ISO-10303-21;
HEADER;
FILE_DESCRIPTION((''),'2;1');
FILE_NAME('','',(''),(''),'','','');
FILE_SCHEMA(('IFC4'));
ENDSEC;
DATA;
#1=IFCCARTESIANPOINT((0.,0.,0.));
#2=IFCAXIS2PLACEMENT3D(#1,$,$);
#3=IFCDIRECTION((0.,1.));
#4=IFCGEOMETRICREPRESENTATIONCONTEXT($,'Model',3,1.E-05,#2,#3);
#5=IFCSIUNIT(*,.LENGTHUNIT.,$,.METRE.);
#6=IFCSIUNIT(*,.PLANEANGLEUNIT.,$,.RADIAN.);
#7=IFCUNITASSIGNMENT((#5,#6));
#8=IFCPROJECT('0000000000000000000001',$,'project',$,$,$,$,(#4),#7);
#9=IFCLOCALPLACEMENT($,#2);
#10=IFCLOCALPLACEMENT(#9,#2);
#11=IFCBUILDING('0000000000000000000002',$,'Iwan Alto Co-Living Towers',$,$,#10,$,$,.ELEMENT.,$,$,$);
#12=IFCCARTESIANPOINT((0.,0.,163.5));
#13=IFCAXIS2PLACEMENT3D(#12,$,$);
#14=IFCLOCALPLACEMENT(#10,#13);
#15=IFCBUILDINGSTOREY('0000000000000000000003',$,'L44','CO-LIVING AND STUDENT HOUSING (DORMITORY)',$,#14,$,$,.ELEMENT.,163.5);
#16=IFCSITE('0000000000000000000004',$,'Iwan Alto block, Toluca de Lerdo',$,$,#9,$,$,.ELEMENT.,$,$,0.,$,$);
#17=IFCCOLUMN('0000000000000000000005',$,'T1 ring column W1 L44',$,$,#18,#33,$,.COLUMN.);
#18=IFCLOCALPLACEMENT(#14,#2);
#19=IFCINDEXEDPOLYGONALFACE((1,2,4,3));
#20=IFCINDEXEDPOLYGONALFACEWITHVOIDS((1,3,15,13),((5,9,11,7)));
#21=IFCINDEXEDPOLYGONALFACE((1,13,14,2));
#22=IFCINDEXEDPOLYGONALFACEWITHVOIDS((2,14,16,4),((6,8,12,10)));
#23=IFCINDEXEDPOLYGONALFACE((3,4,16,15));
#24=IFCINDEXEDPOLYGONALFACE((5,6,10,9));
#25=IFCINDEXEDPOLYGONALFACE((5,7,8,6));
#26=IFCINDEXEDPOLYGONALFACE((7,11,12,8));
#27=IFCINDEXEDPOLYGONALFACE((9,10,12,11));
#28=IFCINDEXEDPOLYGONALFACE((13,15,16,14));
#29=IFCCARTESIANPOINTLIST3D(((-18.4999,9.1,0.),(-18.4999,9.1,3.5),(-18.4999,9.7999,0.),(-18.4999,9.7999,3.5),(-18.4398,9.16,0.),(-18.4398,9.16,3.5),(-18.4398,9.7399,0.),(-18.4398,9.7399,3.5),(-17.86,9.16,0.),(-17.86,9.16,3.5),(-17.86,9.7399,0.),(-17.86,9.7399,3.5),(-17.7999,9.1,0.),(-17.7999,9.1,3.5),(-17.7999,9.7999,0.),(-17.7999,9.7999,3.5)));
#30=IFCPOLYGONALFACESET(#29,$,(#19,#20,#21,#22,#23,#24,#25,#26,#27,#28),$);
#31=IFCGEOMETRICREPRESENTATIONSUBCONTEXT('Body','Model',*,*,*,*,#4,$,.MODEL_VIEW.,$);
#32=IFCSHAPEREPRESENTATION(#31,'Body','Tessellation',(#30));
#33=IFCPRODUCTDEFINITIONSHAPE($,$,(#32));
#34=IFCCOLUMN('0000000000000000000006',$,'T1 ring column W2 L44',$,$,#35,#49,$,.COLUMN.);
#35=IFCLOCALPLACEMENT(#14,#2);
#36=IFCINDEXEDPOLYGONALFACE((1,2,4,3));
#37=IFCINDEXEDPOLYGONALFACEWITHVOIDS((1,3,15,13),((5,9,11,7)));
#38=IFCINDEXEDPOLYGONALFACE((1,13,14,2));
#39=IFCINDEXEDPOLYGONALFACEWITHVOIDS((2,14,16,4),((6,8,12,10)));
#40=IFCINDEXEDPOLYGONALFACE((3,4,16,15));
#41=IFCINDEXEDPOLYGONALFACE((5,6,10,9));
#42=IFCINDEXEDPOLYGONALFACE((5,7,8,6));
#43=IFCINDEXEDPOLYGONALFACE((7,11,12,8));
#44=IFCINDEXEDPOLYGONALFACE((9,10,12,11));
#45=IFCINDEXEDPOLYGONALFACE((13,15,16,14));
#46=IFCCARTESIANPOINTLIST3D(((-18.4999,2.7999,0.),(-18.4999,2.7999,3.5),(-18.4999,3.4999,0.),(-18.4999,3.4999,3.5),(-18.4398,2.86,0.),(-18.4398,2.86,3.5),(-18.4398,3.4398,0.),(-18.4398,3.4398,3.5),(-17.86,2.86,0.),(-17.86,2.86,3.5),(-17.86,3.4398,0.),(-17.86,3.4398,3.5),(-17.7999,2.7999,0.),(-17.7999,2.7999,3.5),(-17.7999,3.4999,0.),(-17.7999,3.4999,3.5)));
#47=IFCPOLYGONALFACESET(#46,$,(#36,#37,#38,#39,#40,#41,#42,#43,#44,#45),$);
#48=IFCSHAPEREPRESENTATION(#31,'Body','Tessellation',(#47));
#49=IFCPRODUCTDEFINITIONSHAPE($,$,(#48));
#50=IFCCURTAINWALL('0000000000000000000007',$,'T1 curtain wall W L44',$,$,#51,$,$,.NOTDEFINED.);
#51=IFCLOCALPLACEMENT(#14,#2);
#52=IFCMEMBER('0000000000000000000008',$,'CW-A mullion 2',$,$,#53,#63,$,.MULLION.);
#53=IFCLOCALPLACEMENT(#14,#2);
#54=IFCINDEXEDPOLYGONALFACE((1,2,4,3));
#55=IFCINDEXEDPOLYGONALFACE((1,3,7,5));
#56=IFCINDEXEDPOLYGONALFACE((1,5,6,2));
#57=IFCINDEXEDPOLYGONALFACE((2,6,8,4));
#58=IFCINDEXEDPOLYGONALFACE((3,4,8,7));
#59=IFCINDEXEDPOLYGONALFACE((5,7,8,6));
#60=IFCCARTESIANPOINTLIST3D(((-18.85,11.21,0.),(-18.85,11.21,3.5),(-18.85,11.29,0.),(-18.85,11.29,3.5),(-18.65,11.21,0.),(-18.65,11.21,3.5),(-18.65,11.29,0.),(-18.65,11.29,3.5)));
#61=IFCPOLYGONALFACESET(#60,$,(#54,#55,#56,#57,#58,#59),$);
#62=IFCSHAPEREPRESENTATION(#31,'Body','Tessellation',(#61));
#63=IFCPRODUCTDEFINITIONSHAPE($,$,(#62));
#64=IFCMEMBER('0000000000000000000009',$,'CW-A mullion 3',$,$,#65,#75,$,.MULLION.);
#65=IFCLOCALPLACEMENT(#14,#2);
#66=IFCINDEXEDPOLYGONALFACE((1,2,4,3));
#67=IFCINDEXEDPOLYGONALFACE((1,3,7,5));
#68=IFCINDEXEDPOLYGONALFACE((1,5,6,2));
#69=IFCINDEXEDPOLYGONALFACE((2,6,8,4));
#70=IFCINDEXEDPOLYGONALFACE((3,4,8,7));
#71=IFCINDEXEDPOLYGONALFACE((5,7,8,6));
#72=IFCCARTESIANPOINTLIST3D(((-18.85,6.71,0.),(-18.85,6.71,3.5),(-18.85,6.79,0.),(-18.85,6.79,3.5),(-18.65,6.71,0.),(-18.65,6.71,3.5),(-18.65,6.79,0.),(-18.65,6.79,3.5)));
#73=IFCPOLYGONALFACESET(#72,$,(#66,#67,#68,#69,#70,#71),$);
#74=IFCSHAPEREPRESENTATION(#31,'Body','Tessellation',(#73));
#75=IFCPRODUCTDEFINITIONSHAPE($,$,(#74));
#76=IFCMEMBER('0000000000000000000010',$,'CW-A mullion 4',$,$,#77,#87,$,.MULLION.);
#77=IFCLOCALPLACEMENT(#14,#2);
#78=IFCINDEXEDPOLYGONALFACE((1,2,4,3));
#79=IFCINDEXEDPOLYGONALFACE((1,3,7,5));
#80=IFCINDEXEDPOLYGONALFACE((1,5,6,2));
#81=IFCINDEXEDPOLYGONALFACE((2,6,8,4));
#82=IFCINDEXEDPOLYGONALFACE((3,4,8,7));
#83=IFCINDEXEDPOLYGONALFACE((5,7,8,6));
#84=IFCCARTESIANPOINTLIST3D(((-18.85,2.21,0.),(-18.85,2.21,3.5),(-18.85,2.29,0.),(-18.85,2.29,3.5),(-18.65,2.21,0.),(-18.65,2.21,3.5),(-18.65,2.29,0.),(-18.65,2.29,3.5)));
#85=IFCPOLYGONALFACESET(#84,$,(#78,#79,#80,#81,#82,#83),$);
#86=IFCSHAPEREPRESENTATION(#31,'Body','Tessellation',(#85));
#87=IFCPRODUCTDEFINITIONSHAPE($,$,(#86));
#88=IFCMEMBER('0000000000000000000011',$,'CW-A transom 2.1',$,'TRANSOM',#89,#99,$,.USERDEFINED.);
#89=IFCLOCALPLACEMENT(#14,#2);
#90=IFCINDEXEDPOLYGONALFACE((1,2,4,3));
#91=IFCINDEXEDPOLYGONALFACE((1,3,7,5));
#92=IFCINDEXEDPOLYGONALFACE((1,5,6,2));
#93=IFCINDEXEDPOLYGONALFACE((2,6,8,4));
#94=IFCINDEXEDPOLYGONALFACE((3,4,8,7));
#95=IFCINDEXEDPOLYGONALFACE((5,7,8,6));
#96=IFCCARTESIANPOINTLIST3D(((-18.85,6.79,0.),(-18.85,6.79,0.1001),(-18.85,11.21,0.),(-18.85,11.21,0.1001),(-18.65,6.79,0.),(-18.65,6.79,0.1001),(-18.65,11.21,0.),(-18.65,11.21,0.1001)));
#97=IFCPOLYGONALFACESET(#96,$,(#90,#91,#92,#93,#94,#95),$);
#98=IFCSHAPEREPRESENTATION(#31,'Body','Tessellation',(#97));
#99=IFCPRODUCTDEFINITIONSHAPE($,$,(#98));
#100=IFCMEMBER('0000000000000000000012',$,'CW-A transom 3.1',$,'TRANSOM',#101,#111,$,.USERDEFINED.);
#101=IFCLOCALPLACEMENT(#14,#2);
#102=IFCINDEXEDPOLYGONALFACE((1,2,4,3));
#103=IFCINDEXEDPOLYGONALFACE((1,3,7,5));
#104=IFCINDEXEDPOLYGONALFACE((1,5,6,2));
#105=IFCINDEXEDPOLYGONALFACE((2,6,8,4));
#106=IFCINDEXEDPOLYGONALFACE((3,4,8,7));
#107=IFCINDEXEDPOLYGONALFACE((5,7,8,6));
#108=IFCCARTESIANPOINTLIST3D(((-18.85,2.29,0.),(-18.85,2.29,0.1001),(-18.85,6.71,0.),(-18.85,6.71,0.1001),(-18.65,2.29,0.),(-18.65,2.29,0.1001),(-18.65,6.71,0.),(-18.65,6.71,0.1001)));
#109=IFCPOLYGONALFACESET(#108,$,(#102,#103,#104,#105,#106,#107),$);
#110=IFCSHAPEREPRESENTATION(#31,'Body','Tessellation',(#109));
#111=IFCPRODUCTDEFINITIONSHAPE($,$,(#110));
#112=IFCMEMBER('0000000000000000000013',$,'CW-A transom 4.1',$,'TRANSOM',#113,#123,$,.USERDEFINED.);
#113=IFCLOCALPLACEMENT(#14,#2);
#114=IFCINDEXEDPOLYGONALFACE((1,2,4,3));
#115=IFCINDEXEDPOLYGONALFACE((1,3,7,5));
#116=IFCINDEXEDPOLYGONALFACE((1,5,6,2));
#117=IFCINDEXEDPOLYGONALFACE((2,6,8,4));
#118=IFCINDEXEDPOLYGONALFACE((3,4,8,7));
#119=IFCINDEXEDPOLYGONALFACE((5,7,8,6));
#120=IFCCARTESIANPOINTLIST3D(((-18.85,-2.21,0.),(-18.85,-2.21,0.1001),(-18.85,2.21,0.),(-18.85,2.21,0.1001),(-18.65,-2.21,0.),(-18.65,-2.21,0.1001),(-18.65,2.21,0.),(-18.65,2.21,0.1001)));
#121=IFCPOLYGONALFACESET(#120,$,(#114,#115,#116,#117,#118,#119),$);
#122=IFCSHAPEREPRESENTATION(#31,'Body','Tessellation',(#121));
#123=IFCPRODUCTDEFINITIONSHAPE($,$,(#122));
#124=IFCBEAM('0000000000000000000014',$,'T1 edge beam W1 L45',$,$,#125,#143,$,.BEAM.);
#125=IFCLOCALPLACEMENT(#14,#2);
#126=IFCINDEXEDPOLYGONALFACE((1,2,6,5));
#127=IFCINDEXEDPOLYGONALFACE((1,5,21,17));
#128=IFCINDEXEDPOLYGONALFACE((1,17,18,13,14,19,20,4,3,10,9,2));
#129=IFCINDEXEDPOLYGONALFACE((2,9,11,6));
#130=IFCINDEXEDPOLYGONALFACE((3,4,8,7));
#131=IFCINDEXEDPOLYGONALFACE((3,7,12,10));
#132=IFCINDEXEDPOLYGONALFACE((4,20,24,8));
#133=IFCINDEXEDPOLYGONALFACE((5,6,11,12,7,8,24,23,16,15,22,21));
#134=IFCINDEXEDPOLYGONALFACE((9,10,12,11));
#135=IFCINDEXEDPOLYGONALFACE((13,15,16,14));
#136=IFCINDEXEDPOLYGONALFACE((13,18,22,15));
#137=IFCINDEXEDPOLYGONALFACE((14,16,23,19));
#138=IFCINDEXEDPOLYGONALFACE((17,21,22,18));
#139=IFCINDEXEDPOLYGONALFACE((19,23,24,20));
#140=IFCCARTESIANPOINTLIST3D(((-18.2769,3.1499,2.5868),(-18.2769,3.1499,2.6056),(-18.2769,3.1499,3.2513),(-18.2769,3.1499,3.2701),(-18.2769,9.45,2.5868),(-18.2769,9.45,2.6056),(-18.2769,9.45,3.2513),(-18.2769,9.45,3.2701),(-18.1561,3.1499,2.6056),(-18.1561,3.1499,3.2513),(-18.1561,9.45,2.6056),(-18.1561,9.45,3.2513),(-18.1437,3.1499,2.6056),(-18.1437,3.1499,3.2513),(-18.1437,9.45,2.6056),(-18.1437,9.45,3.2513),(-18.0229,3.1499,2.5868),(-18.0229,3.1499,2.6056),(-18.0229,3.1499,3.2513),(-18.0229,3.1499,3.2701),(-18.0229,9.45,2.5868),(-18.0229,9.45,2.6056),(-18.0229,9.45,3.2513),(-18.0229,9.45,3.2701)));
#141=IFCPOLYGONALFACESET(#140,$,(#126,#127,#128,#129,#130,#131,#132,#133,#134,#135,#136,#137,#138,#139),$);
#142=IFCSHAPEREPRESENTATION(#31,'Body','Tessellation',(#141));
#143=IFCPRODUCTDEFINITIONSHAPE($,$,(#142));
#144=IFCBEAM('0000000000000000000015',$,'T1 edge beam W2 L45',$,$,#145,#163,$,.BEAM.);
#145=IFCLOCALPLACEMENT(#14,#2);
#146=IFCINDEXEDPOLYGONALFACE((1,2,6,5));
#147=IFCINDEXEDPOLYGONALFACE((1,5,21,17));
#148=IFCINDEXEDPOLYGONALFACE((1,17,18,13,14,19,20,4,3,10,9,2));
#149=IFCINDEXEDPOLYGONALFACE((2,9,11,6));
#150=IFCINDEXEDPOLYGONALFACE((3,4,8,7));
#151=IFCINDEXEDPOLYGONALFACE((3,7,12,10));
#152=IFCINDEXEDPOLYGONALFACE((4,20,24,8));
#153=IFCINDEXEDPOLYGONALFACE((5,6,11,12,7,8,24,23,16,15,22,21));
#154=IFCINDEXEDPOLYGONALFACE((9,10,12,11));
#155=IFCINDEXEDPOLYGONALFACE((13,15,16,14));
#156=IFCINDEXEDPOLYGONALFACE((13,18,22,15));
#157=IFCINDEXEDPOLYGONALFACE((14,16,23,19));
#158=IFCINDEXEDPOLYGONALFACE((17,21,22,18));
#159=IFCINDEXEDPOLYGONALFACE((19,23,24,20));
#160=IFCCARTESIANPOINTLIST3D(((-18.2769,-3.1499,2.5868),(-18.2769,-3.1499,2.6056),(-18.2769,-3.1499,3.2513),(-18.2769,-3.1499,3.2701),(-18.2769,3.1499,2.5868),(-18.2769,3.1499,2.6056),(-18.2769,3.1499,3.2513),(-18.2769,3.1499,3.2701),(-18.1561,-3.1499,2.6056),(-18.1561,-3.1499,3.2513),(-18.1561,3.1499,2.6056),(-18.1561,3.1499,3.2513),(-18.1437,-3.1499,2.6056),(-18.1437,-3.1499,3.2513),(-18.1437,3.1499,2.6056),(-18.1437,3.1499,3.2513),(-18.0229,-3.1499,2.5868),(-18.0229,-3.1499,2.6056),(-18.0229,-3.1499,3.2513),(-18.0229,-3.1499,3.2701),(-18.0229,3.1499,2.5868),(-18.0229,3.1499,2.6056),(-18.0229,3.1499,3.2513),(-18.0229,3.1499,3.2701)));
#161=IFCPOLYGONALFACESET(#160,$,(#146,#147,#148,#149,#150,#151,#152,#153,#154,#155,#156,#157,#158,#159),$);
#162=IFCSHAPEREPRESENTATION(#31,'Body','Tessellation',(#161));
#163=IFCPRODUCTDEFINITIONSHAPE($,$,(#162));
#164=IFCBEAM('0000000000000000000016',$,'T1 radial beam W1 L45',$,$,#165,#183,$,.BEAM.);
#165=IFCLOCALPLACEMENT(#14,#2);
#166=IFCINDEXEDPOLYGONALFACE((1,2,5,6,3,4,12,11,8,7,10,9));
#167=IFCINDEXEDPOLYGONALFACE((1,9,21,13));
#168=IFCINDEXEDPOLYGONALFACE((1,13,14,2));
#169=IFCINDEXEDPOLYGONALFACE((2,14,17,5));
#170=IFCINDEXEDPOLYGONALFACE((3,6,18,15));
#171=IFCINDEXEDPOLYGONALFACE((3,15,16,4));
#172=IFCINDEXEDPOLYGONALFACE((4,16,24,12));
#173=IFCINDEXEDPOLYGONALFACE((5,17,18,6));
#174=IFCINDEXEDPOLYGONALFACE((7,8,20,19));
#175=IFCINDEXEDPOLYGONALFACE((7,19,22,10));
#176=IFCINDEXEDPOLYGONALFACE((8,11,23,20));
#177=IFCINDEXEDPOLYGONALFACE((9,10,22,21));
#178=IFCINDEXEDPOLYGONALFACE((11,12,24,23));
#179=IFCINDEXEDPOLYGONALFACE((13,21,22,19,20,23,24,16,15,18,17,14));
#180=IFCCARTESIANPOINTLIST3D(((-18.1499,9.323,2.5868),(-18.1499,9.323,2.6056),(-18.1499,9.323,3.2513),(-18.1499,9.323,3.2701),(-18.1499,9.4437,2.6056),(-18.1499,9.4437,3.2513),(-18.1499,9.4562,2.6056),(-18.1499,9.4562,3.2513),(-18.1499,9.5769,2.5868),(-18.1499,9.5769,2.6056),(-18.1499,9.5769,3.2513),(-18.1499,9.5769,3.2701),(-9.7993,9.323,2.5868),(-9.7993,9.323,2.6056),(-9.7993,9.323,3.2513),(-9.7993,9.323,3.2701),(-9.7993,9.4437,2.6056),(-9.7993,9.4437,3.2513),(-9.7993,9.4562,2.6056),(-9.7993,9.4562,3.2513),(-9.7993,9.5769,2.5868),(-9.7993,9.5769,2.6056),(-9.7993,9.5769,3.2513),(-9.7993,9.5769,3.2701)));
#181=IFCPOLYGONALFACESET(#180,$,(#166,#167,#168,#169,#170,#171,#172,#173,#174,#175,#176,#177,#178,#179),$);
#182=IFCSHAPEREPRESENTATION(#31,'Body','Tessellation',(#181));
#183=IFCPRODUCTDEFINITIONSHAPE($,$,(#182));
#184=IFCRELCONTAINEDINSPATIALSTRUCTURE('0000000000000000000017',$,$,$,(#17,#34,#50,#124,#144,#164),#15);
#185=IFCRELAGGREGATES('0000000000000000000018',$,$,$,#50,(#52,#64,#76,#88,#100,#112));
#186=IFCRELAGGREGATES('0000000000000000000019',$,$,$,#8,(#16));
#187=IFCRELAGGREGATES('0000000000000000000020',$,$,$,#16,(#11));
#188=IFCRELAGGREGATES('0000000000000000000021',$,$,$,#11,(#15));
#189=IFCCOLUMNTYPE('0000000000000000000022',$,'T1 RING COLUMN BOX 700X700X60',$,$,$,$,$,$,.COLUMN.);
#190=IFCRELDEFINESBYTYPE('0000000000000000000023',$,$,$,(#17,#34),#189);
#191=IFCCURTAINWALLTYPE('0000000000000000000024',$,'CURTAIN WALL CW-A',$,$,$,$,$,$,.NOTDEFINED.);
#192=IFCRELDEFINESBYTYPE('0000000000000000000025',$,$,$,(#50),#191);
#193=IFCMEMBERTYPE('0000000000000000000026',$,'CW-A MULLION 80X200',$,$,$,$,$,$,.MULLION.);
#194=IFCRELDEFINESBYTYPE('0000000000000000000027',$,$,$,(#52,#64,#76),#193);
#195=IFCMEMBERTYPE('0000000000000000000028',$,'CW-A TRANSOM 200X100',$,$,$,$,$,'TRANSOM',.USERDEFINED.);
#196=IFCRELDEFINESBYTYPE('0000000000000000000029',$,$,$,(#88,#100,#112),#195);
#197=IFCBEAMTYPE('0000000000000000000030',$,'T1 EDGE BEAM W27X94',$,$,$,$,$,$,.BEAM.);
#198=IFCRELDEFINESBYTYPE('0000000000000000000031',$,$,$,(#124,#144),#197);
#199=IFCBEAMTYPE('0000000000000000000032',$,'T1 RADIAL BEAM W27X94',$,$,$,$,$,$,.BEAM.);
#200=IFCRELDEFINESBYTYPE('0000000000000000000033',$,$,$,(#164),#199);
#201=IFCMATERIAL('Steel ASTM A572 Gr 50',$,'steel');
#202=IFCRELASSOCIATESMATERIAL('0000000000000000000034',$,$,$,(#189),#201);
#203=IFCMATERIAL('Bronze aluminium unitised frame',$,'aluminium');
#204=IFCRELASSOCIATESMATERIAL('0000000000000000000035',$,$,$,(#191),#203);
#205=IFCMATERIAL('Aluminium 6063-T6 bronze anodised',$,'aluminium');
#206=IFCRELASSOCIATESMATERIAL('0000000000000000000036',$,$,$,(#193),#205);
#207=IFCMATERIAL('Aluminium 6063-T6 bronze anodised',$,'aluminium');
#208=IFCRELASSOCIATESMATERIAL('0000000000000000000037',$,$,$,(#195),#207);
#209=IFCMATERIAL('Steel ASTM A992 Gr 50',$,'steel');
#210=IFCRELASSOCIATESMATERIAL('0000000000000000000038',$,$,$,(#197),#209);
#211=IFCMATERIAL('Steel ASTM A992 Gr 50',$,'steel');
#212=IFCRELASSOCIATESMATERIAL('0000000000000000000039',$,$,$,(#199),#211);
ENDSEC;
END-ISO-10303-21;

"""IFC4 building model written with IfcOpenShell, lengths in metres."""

from ifc_helpers import new_model, si_unit, direction, frame, origin, origin_2d, place, context, subcontext, project, spatial, rectangle, hollow_rectangle, i_section, extrude, material, material_profile, profile_set, type_object, element, aggregate, save


model = new_model("IFC4")

# Units and contexts
model_context = context("Model", 3, precision=1e-05, world=origin(), true_north=direction((0.0, 1.0)))
body_context = subcontext(model_context, "Body", "Model", "MODEL_VIEW")
ifc_project = project(units=[si_unit("LENGTHUNIT", "METRE"), si_unit("PLANEANGLEUNIT", "RADIAN")], contexts=[model_context])

# Site, building, storey
site_placement = place(None, origin())
site = spatial("IfcSite", under=ifc_project, at=site_placement, Name="Iwan Alto block, Toluca de Lerdo", CompositionType="ELEMENT", RefElevation=0.0)
building_placement = place(site_placement, origin())
building = spatial("IfcBuilding", under=site, at=building_placement, Name="Iwan Alto Co-Living Towers", CompositionType="ELEMENT")
storey_placement = place(building_placement, frame((0.0, 0.0, 163.5)))
storey = spatial("IfcBuildingStorey", under=building, at=storey_placement, Name="L44", Description="CO-LIVING AND STUDENT HOUSING (DORMITORY)", CompositionType="ELEMENT", Elevation=163.5)

# Columns
ifc_material_1 = material(Name="Steel ASTM A572 Gr 50", Category="steel")
ifc_material_profile_1 = material_profile(ifc_material_1, hollow_rectangle(XDim=0.7, YDim=0.7, WallThickness=0.0601, at=origin_2d()), Name="BOX 700X700X60")
ifc_profile_set_1 = profile_set([ifc_material_profile_1], Name="Steel ASTM A572 Gr 50")
column_type = type_object("IfcColumnType", Name="T1 RING COLUMN BOX 700X700X60", PredefinedType="COLUMN", material=ifc_profile_set_1)
for number, where, z_axis, x_axis, name in (
    (1, (-18.1499, 9.45, 0.0), (0.0, 0.0, 1.0), (1.0, 0.0, 0.0), "T1 ring column W1 L44"),
    (2, (-18.1499, 3.1499, 0.0), (0.0, 0.0, 1.0), (1.0, 0.0, 0.0), "T1 ring column W2 L44"),
):
    element("IfcColumn", number, at=place(storey_placement, frame(where, z_axis=z_axis, x_axis=x_axis)), inside=storey, type_object=column_type, Name=name, PredefinedType="COLUMN", context=body_context, shape_type="SweptSolid", body=[
        extrude(hollow_rectangle(XDim=0.7, YDim=0.7, WallThickness=0.0601, at=origin_2d()), origin(), (0.0, 0.0, 1.0), 3.5),
    ])

# Curtain wall, members
ifc_material_2 = material(Name="Bronze aluminium unitised frame", Category="aluminium")
curtain_wall_type = type_object("IfcCurtainWallType", Name="CURTAIN WALL CW-A", PredefinedType="NOTDEFINED", material=ifc_material_2)
curtain_wall_placement = place(storey_placement, origin())
curtain_wall = element("IfcCurtainWall", 3, at=curtain_wall_placement, inside=storey, type_object=curtain_wall_type, Name="T1 curtain wall W L44", PredefinedType="NOTDEFINED")
ifc_material_3 = material(Name="Aluminium 6063-T6 bronze anodised", Category="aluminium")
ifc_material_profile_2 = material_profile(ifc_material_3, rectangle(XDim=0.2, YDim=0.0801, at=origin_2d()), Name="AL 80X200")
ifc_profile_set_2 = profile_set([ifc_material_profile_2], Name="Aluminium 6063-T6 bronze anodised")
member_type_1 = type_object("IfcMemberType", Name="CW-A MULLION 80X200", PredefinedType="MULLION", material=ifc_profile_set_2)
member_1_placement = place(storey_placement, frame((-18.75, 11.25, 0.0), z_axis=(0.0, 0.0, 1.0), x_axis=(1.0, 0.0, 0.0)))
member_1 = element("IfcMember", 4, at=member_1_placement, type_object=member_type_1, Name="CW-A mullion 2", PredefinedType="MULLION", context=body_context, shape_type="SweptSolid", body=[
    extrude(rectangle(XDim=0.2, YDim=0.0801, at=origin_2d()), origin(), (0.0, 0.0, 1.0), 3.5),
])
member_2_placement = place(storey_placement, frame((-18.75, 6.75, 0.0), z_axis=(0.0, 0.0, 1.0), x_axis=(1.0, 0.0, 0.0)))
member_2 = element("IfcMember", 5, at=member_2_placement, type_object=member_type_1, Name="CW-A mullion 3", PredefinedType="MULLION", context=body_context, shape_type="SweptSolid", body=[
    extrude(rectangle(XDim=0.2, YDim=0.0801, at=origin_2d()), origin(), (0.0, 0.0, 1.0), 3.5),
])
member_3_placement = place(storey_placement, frame((-18.75, 2.25, 0.0), z_axis=(0.0, 0.0, 1.0), x_axis=(1.0, 0.0, 0.0)))
member_3 = element("IfcMember", 6, at=member_3_placement, type_object=member_type_1, Name="CW-A mullion 4", PredefinedType="MULLION", context=body_context, shape_type="SweptSolid", body=[
    extrude(rectangle(XDim=0.2, YDim=0.0801, at=origin_2d()), origin(), (0.0, 0.0, 1.0), 3.5),
])
ifc_material_4 = material(Name="Aluminium 6063-T6 bronze anodised", Category="aluminium")
ifc_material_profile_3 = material_profile(ifc_material_4, rectangle(XDim=0.2, YDim=0.1001, at=origin_2d()), Name="AL 200X100")
ifc_profile_set_3 = profile_set([ifc_material_profile_3], Name="Aluminium 6063-T6 bronze anodised")
member_type_2 = type_object("IfcMemberType", Name="CW-A TRANSOM 200X100", ElementType="TRANSOM", PredefinedType="USERDEFINED", material=ifc_profile_set_3)
member_4_placement = place(storey_placement, frame((-18.75, 11.21, 0.05), z_axis=(0.0, -1.0, 0.0), x_axis=(1.0, 0.0, 0.0)))
member_4 = element("IfcMember", 7, at=member_4_placement, type_object=member_type_2, Name="CW-A transom 2.1", ObjectType="TRANSOM", PredefinedType="USERDEFINED", context=body_context, shape_type="SweptSolid", body=[
    extrude(rectangle(XDim=0.2, YDim=0.1001, at=origin_2d()), origin(), (0.0, 0.0, 1.0), 4.4199),
])
member_5_placement = place(storey_placement, frame((-18.75, 6.71, 0.05), z_axis=(0.0, -1.0, 0.0), x_axis=(1.0, 0.0, 0.0)))
member_5 = element("IfcMember", 8, at=member_5_placement, type_object=member_type_2, Name="CW-A transom 3.1", ObjectType="TRANSOM", PredefinedType="USERDEFINED", context=body_context, shape_type="SweptSolid", body=[
    extrude(rectangle(XDim=0.2, YDim=0.1001, at=origin_2d()), origin(), (0.0, 0.0, 1.0), 4.4199),
])
member_6_placement = place(storey_placement, frame((-18.75, 2.21, 0.05), z_axis=(0.0, -1.0, 0.0), x_axis=(1.0, 0.0, 0.0)))
member_6 = element("IfcMember", 9, at=member_6_placement, type_object=member_type_2, Name="CW-A transom 4.1", ObjectType="TRANSOM", PredefinedType="USERDEFINED", context=body_context, shape_type="SweptSolid", body=[
    extrude(rectangle(XDim=0.2, YDim=0.1001, at=origin_2d()), origin(), (0.0, 0.0, 1.0), 4.4199),
])

# Beams
ifc_material_5 = material(Name="Steel ASTM A992 Gr 50", Category="steel")
ifc_material_profile_4 = material_profile(ifc_material_5, i_section(OverallWidth=0.2539, OverallDepth=0.6833, WebThickness=0.0125, FlangeThickness=0.0188, at=origin_2d()), Name="W27X94")
ifc_profile_set_4 = profile_set([ifc_material_profile_4], Name="Steel ASTM A992 Gr 50")
beam_type_1 = type_object("IfcBeamType", Name="T1 EDGE BEAM W27X94", PredefinedType="BEAM", material=ifc_profile_set_4)
beam_1_placement = place(storey_placement, frame((-18.1499, 9.45, 2.9285), z_axis=(0.0, -1.0, 0.0), x_axis=(1.0, 0.0, 0.0)))
element("IfcBeam", 10, at=beam_1_placement, inside=storey, type_object=beam_type_1, Name="T1 edge beam W1 L45", PredefinedType="BEAM", context=body_context, shape_type="SweptSolid", body=[
    extrude(i_section(OverallWidth=0.2539, OverallDepth=0.6833, WebThickness=0.0125, FlangeThickness=0.0188, at=origin_2d()), origin(), (0.0, 0.0, 1.0), 6.3),
])
beam_2_placement = place(storey_placement, frame((-18.1499, 3.1499, 2.9285), z_axis=(0.0, -1.0, 0.0), x_axis=(1.0, 0.0, 0.0)))
element("IfcBeam", 11, at=beam_2_placement, inside=storey, type_object=beam_type_1, Name="T1 edge beam W2 L45", PredefinedType="BEAM", context=body_context, shape_type="SweptSolid", body=[
    extrude(i_section(OverallWidth=0.2539, OverallDepth=0.6833, WebThickness=0.0125, FlangeThickness=0.0188, at=origin_2d()), origin(), (0.0, 0.0, 1.0), 6.2998),
])
ifc_material_6 = material(Name="Steel ASTM A992 Gr 50", Category="steel")
ifc_material_profile_5 = material_profile(ifc_material_6, i_section(OverallWidth=0.2539, OverallDepth=0.6833, WebThickness=0.0125, FlangeThickness=0.0188, at=origin_2d()), Name="W27X94")
ifc_profile_set_5 = profile_set([ifc_material_profile_5], Name="Steel ASTM A992 Gr 50")
beam_type_2 = type_object("IfcBeamType", Name="T1 RADIAL BEAM W27X94", PredefinedType="BEAM", material=ifc_profile_set_5)
for number, where, z_axis, x_axis, name in (
    (12, (-18.1499, 9.45, 2.9285), (1.0, 0.0, 0.0), (0.0, 1.0, 0.0), "T1 radial beam W1 L45"),
):
    element("IfcBeam", number, at=place(storey_placement, frame(where, z_axis=z_axis, x_axis=x_axis)), inside=storey, type_object=beam_type_2, Name=name, PredefinedType="BEAM", context=body_context, shape_type="SweptSolid", body=[
        extrude(i_section(OverallWidth=0.2539, OverallDepth=0.6833, WebThickness=0.0125, FlangeThickness=0.0188, at=origin_2d()), origin(), (0.0, 0.0, 1.0), 8.3506),
    ])

aggregate(curtain_wall, [member_1, member_2, member_3, member_4, member_5, member_6])

save(model, "model.ifc")
